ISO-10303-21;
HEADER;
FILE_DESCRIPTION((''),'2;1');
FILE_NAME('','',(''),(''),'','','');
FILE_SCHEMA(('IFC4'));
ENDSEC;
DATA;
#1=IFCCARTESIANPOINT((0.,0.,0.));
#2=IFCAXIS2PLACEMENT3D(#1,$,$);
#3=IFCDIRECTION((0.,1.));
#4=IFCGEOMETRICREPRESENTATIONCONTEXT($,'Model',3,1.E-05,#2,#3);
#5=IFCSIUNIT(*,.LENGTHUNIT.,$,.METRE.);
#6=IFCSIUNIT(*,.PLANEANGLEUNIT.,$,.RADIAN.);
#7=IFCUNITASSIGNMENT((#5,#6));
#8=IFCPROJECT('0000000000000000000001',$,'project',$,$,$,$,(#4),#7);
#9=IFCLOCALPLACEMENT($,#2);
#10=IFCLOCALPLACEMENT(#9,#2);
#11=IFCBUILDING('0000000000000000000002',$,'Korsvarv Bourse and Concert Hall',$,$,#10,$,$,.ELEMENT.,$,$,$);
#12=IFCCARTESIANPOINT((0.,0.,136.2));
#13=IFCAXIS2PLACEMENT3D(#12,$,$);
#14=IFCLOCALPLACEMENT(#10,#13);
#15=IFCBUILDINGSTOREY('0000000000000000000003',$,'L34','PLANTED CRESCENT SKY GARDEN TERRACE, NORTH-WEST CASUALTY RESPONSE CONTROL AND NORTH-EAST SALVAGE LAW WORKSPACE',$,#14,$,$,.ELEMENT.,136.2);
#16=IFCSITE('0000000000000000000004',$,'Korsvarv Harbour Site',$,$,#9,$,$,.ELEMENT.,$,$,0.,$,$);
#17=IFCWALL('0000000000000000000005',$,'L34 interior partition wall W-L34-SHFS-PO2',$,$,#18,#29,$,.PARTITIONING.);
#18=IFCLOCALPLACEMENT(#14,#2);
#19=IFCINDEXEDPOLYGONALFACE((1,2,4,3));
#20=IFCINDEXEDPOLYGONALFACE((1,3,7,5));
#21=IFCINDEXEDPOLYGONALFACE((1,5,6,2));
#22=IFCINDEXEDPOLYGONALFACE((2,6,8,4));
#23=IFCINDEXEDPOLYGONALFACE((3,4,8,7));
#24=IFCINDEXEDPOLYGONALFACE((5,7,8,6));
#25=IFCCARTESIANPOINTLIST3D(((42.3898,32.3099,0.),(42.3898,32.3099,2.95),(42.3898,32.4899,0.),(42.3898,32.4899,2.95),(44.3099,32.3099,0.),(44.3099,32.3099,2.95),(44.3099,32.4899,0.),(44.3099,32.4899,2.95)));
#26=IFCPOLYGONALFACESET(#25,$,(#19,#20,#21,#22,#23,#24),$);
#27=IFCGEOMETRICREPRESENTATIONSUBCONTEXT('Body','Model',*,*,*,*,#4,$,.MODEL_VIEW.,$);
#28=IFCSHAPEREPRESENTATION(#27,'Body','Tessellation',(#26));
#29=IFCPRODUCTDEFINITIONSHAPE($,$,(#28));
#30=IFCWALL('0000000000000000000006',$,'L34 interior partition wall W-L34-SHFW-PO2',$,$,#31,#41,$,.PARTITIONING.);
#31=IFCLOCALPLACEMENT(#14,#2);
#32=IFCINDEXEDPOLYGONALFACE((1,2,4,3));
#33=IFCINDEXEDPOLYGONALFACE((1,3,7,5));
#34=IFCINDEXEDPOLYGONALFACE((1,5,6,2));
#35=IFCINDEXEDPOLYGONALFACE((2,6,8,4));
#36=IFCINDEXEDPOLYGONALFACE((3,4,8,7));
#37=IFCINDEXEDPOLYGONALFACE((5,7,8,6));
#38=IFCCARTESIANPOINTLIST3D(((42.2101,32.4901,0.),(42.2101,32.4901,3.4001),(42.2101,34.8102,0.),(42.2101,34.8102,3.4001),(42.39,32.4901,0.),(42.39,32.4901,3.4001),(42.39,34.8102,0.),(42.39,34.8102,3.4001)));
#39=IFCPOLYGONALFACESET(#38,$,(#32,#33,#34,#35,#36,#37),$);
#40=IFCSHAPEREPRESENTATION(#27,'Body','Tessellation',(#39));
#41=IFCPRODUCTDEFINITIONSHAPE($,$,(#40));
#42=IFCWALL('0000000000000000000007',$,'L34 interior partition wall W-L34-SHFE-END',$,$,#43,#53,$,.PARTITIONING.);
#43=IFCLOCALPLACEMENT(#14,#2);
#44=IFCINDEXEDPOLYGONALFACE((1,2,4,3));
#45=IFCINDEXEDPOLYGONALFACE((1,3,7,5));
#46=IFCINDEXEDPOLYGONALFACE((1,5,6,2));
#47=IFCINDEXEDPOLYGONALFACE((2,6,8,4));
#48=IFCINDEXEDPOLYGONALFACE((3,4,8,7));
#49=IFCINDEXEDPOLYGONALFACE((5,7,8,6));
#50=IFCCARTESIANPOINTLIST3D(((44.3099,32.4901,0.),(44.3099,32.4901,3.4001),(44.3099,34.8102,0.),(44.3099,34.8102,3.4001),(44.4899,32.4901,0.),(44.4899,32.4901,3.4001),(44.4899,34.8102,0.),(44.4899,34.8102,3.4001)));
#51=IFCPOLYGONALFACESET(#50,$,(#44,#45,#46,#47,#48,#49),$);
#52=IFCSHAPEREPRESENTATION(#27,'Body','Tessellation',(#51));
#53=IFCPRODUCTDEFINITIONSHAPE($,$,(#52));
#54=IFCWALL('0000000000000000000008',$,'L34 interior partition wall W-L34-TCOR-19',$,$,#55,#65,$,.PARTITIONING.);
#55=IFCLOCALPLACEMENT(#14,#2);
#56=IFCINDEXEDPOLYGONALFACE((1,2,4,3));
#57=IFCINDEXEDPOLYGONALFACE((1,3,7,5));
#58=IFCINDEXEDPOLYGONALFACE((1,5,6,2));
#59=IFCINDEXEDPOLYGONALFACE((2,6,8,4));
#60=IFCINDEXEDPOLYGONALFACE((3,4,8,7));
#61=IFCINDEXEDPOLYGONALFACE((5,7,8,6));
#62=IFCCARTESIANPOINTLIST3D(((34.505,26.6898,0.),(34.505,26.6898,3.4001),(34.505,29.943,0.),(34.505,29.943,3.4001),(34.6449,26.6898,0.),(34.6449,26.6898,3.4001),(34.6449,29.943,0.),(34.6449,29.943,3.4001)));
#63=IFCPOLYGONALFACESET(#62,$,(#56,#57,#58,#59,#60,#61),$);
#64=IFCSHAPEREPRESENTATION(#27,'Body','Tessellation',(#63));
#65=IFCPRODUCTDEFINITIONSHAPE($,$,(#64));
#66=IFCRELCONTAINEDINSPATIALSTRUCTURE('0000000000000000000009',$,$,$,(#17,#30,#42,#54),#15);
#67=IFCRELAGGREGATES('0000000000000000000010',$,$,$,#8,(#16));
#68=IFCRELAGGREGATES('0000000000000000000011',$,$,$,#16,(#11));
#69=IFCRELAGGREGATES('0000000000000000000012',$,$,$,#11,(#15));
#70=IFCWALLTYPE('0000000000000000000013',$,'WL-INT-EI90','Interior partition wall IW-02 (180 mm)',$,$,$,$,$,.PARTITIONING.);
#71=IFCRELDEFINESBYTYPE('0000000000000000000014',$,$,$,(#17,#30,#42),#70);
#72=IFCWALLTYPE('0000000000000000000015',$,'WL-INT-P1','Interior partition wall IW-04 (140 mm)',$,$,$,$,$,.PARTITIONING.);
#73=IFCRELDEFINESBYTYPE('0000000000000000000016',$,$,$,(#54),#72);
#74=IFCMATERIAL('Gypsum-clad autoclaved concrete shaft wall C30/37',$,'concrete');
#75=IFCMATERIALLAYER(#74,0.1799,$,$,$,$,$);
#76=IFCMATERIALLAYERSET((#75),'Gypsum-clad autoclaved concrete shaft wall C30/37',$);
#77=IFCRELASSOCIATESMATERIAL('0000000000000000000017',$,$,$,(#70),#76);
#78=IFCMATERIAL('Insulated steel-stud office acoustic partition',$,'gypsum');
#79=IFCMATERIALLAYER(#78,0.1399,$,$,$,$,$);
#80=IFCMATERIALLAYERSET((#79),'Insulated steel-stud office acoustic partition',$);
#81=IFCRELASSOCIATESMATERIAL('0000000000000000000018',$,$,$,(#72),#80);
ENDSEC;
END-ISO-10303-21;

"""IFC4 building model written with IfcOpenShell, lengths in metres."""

from ifc_helpers import new_model, si_unit, direction, frame, frame_2d, origin, place, context, subcontext, project, spatial, rectangle, extrude, material, layer, layer_set, type_object, element, save


model = new_model("IFC4")

# Units and contexts
model_context = context("Model", 3, precision=1e-05, world=origin(), true_north=direction((0.0, 1.0)))
body_context = subcontext(model_context, "Body", "Model", "MODEL_VIEW")
ifc_project = project(units=[si_unit("LENGTHUNIT", "METRE"), si_unit("PLANEANGLEUNIT", "RADIAN")], contexts=[model_context])

# Site, building, storey
site_placement = place(None, origin())
site = spatial("IfcSite", under=ifc_project, at=site_placement, Name="Korsvarv Harbour Site", CompositionType="ELEMENT", RefElevation=0.0)
building_placement = place(site_placement, origin())
building = spatial("IfcBuilding", under=site, at=building_placement, Name="Korsvarv Bourse and Concert Hall", CompositionType="ELEMENT")
storey_placement = place(building_placement, frame((0.0, 0.0, 136.2)))
storey = spatial("IfcBuildingStorey", under=building, at=storey_placement, Name="L34", Description="PLANTED CRESCENT SKY GARDEN TERRACE, NORTH-WEST CASUALTY RESPONSE CONTROL AND NORTH-EAST SALVAGE LAW WORKSPACE", CompositionType="ELEMENT", Elevation=136.2)

# Walls
ifc_material_1 = material(Name="Gypsum-clad autoclaved concrete shaft wall C30/37", Category="concrete")
ifc_layer_1 = layer(ifc_material_1, 0.1799)
ifc_layer_set_1 = layer_set([ifc_layer_1], Name="Gypsum-clad autoclaved concrete shaft wall C30/37")
wall_type_1 = type_object("IfcWallType", Name="WL-INT-EI90", Description="Interior partition wall IW-02 (180 mm)", PredefinedType="PARTITIONING", material=ifc_layer_set_1)
wall_1_placement = place(storey_placement, frame((42.3899, 32.3999, 0.0), z_axis=(0.0, 0.0, 1.0), x_axis=(1.0, 0.0, 0.0)))
element("IfcWall", 1, at=wall_1_placement, inside=storey, type_object=wall_type_1, Name="L34 interior partition wall W-L34-SHFS-PO2", PredefinedType="PARTITIONING", context=body_context, shape_type="SweptSolid", body=[
    extrude(rectangle(XDim=1.9202, YDim=0.1799, at=frame_2d((0.96, 0.0))), origin(), (0.0, 0.0, 1.0), 2.95),
])
for number, where, z_axis, x_axis, name in (
    (2, (42.3, 32.49, 0.0), (0.0, 0.0, 1.0), (0.0, 1.0, 0.0), "L34 interior partition wall W-L34-SHFW-PO2"),
    (3, (44.3999, 32.49, 0.0), (0.0, 0.0, 1.0), (0.0, 1.0, 0.0), "L34 interior partition wall W-L34-SHFE-END"),
):
    element("IfcWall", number, at=place(storey_placement, frame(where, z_axis=z_axis, x_axis=x_axis)), inside=storey, type_object=wall_type_1, Name=name, PredefinedType="PARTITIONING", context=body_context, shape_type="SweptSolid", body=[
        extrude(rectangle(XDim=2.3201, YDim=0.1799, at=frame_2d((1.1602, 0.0))), origin(), (0.0, 0.0, 1.0), 3.4001),
    ])
ifc_material_2 = material(Name="Insulated steel-stud office acoustic partition", Category="gypsum")
ifc_layer_2 = layer(ifc_material_2, 0.1399)
ifc_layer_set_2 = layer_set([ifc_layer_2], Name="Insulated steel-stud office acoustic partition")
wall_type_2 = type_object("IfcWallType", Name="WL-INT-P1", Description="Interior partition wall IW-04 (140 mm)", PredefinedType="PARTITIONING", material=ifc_layer_set_2)
wall_2_placement = place(storey_placement, frame((34.575, 26.6899, 0.0), z_axis=(0.0, 0.0, 1.0), x_axis=(0.0, 1.0, 0.0)))
element("IfcWall", 4, at=wall_2_placement, inside=storey, type_object=wall_type_2, Name="L34 interior partition wall W-L34-TCOR-19", PredefinedType="PARTITIONING", context=body_context, shape_type="SweptSolid", body=[
    extrude(rectangle(XDim=3.2532, YDim=0.1399, at=frame_2d((1.6265, 0.0))), origin(), (0.0, 0.0, 1.0), 3.4001),
])

save(model, "model.ifc")
